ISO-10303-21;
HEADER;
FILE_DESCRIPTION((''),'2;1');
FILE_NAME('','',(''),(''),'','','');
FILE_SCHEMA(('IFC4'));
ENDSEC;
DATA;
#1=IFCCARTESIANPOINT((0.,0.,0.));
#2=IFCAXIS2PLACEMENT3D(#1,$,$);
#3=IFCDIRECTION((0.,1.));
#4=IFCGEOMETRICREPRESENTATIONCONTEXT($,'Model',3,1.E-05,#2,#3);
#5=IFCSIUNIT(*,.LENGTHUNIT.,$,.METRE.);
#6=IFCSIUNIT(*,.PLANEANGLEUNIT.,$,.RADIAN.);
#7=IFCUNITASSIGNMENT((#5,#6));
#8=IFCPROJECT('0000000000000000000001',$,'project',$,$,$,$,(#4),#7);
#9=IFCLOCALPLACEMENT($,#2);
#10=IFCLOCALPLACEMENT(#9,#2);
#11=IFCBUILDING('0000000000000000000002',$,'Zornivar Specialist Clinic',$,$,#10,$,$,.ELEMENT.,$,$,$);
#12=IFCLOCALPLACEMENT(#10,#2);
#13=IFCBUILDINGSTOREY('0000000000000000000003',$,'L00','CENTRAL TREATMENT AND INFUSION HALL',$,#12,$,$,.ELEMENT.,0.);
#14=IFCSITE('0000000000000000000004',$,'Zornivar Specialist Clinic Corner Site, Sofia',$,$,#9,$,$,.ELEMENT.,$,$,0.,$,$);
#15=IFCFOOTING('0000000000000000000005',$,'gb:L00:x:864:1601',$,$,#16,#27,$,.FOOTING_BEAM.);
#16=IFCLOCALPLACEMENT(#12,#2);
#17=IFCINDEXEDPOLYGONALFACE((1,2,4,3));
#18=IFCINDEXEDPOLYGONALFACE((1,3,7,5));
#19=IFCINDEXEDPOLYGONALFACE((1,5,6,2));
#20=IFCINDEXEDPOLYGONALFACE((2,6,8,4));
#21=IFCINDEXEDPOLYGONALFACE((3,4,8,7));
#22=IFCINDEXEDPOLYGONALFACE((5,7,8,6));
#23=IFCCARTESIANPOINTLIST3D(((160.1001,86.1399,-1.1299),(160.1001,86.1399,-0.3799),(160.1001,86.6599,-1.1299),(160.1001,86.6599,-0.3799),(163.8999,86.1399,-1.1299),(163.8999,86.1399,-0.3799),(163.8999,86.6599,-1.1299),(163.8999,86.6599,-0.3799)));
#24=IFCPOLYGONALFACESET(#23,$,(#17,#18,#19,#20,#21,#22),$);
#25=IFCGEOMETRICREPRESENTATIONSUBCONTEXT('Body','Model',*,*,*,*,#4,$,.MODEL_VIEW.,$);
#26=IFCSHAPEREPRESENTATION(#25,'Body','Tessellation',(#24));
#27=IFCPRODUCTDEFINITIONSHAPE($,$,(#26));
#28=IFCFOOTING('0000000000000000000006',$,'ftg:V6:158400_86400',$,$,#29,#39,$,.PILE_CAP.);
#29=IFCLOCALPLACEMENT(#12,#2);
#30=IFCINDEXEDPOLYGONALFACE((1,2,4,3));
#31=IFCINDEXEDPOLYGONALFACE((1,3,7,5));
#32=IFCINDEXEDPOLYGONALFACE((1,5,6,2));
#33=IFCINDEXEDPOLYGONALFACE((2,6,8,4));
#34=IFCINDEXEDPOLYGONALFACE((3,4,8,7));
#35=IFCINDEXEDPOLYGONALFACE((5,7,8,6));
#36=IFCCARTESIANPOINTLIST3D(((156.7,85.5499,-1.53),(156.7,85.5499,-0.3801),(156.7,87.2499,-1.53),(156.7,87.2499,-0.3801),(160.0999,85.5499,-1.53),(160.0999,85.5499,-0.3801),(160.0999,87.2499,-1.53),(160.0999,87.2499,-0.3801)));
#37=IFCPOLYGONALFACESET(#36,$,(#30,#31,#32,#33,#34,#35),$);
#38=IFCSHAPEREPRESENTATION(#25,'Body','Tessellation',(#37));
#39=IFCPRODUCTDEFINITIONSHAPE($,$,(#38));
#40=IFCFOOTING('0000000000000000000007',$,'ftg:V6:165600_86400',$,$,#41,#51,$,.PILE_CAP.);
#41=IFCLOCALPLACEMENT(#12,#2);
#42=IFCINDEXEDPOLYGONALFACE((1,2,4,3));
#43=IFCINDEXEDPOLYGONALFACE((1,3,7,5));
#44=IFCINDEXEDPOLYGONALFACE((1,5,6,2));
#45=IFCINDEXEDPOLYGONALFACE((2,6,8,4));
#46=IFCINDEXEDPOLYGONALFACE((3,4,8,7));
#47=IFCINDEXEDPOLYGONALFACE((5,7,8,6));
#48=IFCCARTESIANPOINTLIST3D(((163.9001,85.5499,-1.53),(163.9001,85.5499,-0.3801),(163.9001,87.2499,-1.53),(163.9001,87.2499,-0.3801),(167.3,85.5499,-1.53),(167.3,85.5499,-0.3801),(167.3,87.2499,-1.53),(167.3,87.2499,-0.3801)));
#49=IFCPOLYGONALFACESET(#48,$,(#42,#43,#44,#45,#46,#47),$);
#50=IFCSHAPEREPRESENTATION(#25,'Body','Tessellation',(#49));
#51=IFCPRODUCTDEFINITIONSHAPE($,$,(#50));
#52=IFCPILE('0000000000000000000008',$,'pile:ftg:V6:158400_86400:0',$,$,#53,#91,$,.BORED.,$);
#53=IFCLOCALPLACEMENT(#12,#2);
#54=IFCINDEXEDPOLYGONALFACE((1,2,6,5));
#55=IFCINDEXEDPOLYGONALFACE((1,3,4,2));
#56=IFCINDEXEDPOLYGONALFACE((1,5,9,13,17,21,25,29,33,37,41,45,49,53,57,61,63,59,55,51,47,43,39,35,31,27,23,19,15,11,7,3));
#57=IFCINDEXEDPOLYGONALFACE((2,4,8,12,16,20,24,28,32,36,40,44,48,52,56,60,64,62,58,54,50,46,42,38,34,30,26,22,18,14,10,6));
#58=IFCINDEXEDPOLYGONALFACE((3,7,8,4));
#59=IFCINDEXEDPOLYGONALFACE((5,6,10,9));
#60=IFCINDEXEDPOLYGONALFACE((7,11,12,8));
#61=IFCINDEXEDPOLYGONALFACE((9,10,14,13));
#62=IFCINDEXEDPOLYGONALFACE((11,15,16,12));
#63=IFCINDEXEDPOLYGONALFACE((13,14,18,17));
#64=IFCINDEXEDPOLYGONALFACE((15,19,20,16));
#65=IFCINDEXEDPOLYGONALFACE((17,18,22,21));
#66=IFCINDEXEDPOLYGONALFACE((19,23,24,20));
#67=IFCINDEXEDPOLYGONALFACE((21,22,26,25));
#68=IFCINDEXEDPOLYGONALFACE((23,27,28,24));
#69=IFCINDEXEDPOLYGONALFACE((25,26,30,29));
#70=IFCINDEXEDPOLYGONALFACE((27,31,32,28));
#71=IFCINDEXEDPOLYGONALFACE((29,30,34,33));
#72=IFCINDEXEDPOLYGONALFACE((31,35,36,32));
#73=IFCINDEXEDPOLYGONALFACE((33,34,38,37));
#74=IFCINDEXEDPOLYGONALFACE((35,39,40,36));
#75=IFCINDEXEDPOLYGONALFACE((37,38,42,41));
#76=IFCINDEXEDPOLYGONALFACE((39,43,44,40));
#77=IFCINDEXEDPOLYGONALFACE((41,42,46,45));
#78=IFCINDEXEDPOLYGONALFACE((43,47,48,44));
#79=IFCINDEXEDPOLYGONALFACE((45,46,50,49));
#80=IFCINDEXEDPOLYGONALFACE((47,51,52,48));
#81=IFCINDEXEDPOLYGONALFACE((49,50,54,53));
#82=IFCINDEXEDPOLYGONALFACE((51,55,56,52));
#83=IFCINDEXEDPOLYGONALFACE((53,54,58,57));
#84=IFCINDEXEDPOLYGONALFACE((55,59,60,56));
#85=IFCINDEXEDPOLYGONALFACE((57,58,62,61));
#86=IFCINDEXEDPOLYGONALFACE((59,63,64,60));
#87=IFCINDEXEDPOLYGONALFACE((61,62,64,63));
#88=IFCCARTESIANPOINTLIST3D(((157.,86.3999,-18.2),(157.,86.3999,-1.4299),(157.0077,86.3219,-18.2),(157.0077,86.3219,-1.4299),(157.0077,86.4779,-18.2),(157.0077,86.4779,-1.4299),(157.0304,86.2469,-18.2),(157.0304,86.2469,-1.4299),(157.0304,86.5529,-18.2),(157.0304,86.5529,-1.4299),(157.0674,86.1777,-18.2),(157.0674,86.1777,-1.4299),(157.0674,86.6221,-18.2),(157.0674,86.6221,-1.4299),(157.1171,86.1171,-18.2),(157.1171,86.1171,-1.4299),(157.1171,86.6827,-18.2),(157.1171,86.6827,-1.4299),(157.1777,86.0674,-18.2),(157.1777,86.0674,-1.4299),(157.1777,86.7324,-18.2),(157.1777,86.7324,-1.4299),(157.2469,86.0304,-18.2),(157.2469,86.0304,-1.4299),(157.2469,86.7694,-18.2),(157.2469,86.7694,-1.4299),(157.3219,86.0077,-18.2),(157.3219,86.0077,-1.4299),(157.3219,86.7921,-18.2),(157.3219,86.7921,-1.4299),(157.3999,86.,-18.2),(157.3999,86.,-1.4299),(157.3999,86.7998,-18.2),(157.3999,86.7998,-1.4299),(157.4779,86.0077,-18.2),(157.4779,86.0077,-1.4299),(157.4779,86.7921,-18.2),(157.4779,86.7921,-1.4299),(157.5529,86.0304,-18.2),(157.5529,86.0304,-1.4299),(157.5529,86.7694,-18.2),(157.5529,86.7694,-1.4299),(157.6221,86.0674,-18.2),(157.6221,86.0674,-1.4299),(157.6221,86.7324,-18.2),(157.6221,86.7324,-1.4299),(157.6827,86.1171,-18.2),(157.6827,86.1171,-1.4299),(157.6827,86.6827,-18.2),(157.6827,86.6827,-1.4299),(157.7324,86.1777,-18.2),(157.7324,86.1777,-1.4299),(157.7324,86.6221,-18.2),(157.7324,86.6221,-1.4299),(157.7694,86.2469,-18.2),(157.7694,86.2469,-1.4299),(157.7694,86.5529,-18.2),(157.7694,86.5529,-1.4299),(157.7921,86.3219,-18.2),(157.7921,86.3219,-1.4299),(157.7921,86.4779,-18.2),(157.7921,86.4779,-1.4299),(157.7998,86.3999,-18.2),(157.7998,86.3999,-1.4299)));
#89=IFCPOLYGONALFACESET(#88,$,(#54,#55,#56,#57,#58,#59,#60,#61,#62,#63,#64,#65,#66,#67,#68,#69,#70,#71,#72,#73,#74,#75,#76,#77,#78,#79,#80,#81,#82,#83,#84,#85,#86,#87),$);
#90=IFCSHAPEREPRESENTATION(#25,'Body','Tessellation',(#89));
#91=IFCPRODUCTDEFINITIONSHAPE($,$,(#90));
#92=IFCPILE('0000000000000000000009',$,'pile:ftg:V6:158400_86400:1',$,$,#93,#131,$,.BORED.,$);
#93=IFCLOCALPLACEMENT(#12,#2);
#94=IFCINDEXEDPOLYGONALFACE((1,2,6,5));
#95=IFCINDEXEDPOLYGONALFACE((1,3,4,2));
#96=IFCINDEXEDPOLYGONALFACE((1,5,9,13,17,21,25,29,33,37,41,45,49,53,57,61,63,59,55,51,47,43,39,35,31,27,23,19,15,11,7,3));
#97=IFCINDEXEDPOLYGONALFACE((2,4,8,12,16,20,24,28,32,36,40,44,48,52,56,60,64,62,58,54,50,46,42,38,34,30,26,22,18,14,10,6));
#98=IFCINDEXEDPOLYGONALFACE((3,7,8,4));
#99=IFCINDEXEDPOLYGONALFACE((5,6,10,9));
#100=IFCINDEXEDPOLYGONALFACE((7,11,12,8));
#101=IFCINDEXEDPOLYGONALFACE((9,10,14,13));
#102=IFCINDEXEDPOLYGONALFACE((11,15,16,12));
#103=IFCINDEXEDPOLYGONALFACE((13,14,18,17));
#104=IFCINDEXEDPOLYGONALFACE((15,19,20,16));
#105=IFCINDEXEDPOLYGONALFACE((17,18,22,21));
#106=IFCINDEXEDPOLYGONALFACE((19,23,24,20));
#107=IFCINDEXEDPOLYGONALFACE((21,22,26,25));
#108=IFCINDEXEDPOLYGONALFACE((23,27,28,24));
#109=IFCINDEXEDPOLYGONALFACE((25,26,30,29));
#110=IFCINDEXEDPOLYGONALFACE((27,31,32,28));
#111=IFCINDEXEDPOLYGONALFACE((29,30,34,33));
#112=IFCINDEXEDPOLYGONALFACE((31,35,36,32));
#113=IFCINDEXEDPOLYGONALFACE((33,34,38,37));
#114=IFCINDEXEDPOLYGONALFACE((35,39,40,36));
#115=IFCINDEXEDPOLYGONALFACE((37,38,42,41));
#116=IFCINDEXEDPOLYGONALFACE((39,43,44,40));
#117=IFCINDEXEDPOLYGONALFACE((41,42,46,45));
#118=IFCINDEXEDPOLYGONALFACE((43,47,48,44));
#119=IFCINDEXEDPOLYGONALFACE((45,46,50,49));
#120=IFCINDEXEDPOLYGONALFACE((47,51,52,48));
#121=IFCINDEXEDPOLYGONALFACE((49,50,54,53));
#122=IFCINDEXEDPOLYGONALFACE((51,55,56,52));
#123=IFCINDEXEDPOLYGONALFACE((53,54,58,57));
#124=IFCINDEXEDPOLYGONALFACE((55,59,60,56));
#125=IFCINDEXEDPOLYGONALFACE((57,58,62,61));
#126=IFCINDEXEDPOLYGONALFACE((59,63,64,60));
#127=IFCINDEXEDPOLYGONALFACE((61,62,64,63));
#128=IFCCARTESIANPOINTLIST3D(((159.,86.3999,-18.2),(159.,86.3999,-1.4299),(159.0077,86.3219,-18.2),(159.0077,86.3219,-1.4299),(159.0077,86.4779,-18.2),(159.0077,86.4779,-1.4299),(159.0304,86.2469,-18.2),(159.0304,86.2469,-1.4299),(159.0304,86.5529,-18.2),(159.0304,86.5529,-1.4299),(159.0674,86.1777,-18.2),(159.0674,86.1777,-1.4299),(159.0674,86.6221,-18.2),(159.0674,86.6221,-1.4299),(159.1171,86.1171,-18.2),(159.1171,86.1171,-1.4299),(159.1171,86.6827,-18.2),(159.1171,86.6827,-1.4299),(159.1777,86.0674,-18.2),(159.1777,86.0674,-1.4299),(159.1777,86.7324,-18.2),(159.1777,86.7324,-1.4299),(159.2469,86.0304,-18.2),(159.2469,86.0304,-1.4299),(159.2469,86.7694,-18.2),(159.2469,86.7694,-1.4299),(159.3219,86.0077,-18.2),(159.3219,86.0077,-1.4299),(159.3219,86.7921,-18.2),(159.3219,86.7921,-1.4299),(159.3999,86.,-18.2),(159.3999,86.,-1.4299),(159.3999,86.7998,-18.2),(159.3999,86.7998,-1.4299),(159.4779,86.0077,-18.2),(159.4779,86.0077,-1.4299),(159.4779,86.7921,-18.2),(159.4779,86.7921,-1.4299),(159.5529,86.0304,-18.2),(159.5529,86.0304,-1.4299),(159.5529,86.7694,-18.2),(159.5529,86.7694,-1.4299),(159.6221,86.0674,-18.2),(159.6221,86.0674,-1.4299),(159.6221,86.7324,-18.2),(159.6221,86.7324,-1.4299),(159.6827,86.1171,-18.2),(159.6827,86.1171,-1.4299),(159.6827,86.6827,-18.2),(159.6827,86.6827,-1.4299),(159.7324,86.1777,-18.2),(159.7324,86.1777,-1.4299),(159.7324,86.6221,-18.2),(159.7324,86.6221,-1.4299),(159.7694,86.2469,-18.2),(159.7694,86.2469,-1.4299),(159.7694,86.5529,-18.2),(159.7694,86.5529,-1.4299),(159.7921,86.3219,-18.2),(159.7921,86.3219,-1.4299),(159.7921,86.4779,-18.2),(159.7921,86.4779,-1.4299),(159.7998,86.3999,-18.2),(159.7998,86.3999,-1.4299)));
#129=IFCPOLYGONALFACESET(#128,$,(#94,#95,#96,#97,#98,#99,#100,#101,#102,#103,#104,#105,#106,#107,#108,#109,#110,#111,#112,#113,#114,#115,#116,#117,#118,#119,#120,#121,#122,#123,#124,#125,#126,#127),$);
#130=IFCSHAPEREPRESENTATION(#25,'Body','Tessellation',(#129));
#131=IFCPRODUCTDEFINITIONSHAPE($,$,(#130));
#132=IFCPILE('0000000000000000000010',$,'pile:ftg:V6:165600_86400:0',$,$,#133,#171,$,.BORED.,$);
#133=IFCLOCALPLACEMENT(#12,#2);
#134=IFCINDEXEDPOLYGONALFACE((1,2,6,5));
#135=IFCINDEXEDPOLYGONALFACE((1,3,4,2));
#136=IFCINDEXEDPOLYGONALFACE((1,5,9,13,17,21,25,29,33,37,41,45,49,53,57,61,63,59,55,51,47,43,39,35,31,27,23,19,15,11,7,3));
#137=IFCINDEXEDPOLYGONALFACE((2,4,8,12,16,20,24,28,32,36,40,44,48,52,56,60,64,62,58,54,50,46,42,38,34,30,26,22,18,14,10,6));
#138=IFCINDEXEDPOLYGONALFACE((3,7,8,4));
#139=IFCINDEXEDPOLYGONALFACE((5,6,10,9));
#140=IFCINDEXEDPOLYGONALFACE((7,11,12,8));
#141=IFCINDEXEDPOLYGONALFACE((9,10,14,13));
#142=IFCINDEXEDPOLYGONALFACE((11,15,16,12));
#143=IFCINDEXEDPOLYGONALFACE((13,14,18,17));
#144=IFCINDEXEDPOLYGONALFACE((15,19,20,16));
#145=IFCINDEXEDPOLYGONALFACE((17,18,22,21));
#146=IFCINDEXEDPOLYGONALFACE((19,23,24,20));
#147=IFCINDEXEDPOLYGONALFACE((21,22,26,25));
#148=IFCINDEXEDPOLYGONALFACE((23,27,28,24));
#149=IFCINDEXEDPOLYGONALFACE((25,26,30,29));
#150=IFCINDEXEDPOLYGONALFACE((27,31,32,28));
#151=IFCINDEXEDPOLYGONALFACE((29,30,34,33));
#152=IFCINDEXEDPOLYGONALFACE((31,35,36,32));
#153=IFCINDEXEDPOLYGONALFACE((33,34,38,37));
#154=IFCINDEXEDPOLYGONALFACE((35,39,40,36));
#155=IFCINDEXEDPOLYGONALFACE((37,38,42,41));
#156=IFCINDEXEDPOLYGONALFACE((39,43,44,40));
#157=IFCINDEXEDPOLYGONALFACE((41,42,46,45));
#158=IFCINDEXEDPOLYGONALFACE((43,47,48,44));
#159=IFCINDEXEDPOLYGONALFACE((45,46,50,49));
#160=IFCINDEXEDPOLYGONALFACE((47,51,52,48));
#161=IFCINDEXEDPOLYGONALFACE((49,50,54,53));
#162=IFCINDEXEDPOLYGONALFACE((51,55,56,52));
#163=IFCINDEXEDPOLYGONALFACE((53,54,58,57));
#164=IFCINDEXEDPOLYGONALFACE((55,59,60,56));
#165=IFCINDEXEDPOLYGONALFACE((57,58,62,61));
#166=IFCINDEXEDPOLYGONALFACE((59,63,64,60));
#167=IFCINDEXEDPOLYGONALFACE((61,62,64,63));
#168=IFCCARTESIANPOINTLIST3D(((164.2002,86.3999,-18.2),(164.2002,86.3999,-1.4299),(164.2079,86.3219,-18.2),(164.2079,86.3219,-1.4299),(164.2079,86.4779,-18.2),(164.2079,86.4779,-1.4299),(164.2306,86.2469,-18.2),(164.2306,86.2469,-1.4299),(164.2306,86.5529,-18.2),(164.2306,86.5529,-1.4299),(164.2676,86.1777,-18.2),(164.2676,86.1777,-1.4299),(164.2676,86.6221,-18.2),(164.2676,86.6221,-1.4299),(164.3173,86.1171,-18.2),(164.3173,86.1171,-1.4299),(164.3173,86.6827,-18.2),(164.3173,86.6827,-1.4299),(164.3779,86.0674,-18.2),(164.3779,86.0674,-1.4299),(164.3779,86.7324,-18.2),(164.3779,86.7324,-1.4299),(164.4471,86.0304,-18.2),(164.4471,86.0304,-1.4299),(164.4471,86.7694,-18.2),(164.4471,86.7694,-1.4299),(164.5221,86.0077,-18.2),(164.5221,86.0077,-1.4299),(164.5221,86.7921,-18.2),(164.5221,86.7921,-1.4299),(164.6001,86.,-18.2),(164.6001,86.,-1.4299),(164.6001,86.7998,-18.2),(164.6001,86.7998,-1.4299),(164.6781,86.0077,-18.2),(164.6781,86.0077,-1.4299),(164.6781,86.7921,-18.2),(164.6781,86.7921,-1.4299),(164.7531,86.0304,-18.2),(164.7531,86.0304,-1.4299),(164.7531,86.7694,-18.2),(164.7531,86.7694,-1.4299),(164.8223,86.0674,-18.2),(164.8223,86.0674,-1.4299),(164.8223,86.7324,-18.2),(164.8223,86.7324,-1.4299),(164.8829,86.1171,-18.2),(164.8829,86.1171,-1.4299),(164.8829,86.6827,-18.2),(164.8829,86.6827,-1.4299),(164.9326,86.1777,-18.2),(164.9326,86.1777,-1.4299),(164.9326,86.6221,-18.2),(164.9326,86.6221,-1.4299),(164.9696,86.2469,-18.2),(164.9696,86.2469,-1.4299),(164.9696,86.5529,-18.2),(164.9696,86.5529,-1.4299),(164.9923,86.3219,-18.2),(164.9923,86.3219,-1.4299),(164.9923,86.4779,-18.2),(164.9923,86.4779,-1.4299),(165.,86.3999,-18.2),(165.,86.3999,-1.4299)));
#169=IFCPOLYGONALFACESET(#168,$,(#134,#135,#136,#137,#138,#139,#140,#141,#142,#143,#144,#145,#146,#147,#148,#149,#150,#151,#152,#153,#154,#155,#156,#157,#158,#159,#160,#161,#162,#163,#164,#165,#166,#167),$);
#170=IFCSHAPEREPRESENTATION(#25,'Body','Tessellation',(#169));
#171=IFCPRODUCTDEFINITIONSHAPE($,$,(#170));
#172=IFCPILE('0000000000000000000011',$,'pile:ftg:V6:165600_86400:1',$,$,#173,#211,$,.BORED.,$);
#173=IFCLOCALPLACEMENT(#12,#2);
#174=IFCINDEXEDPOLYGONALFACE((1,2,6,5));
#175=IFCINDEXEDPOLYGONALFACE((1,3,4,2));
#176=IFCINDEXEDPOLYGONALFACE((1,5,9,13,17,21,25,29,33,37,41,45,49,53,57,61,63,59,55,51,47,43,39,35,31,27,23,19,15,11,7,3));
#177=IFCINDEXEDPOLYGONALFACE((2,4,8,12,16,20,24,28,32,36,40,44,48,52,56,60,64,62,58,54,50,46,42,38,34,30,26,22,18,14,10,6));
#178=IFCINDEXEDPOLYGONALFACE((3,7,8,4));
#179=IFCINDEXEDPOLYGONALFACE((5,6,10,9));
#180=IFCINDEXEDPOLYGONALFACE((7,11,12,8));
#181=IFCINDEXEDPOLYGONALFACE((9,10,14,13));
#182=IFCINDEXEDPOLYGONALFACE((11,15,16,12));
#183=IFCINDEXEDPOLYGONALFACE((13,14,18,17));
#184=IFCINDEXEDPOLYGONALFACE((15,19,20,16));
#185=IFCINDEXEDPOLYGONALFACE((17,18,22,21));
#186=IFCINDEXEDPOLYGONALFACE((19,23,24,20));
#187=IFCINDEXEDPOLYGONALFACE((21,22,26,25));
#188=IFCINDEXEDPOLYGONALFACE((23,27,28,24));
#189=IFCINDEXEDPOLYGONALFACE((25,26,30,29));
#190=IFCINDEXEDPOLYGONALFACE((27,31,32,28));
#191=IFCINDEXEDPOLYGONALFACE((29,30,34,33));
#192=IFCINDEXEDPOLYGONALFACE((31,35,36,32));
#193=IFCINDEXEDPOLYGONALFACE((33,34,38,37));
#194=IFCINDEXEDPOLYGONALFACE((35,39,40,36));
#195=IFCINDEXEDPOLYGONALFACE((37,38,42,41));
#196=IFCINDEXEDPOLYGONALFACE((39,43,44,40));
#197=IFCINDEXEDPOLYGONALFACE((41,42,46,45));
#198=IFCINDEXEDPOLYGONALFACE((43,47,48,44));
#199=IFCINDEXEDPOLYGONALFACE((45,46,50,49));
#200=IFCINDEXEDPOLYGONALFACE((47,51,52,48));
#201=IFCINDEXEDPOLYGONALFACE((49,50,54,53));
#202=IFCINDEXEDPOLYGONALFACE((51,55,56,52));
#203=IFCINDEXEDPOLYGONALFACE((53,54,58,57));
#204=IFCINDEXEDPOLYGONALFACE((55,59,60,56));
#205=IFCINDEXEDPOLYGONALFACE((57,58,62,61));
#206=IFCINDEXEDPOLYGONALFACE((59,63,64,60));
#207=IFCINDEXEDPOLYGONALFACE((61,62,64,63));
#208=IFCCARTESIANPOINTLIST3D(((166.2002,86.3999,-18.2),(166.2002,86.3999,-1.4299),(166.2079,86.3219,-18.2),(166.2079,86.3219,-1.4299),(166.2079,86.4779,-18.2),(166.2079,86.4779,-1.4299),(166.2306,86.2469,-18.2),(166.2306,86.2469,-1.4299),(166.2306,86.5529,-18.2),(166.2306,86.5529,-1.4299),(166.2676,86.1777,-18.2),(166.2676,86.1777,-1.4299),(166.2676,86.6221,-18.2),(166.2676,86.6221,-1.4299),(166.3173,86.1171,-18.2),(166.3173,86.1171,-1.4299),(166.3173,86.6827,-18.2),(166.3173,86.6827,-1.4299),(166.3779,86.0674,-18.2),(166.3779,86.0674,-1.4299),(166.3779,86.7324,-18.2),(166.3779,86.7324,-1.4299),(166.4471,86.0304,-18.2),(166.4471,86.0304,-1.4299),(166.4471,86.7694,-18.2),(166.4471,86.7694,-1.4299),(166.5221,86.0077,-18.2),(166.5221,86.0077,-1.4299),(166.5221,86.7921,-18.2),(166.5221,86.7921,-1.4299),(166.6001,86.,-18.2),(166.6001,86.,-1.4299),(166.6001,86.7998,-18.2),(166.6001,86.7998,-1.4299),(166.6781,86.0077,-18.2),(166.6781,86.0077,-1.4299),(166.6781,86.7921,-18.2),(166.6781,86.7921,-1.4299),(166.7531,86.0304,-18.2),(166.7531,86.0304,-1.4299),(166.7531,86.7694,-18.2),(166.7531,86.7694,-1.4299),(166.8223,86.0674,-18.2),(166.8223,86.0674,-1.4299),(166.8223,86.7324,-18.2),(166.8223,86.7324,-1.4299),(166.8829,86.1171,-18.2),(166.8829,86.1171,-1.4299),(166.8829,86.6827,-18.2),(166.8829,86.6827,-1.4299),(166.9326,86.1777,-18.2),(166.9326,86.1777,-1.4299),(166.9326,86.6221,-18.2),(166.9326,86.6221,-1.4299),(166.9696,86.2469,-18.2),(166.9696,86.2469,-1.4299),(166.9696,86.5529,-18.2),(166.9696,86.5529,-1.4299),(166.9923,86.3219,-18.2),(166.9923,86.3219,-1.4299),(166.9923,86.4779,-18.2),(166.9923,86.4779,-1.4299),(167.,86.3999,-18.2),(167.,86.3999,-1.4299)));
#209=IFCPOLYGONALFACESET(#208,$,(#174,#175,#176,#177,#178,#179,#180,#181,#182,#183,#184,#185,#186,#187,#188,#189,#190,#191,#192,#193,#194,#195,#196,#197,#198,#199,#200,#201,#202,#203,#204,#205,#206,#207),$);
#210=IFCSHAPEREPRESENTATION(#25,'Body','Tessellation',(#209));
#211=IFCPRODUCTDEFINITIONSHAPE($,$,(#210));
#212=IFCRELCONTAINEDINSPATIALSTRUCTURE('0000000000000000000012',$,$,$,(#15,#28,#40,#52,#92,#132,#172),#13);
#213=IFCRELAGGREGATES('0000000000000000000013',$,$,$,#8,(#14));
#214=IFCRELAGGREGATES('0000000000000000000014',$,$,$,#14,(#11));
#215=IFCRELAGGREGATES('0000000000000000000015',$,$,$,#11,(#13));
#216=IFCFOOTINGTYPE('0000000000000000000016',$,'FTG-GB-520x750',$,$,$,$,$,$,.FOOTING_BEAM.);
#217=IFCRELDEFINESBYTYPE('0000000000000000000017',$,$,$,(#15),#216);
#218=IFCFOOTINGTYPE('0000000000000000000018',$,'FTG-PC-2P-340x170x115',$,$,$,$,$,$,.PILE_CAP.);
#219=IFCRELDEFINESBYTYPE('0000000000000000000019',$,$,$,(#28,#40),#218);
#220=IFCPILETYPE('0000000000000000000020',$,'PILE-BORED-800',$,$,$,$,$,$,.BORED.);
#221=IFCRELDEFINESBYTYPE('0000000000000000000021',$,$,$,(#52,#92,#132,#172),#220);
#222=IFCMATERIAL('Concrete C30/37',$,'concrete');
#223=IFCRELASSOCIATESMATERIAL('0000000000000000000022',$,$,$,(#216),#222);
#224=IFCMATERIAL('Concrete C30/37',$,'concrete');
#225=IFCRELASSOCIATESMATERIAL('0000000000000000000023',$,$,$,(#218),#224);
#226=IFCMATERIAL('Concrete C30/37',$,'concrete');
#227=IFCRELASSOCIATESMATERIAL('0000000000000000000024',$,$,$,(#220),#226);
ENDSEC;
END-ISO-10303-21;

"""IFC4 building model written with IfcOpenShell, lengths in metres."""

from ifc_helpers import new_model, si_unit, direction, frame, origin, origin_2d, place, context, subcontext, project, spatial, rectangle, circle, extrude, material, material_profile, profile_set, type_object, element, save


model = new_model("IFC4")

# Units and contexts
model_context = context("Model", 3, precision=1e-05, world=origin(), true_north=direction((0.0, 1.0)))
body_context = subcontext(model_context, "Body", "Model", "MODEL_VIEW")
ifc_project = project(units=[si_unit("LENGTHUNIT", "METRE"), si_unit("PLANEANGLEUNIT", "RADIAN")], contexts=[model_context])

# Site, building, storey
site_placement = place(None, origin())
site = spatial("IfcSite", under=ifc_project, at=site_placement, Name="Zornivar Specialist Clinic Corner Site, Sofia", CompositionType="ELEMENT", RefElevation=0.0)
building_placement = place(site_placement, origin())
building = spatial("IfcBuilding", under=site, at=building_placement, Name="Zornivar Specialist Clinic", CompositionType="ELEMENT")
storey_placement = place(building_placement, origin())
storey = spatial("IfcBuildingStorey", under=building, at=storey_placement, Name="L00", Description="CENTRAL TREATMENT AND INFUSION HALL", CompositionType="ELEMENT", Elevation=0.0)

# Footings
ifc_material_1 = material(Name="Concrete C30/37", Category="concrete")
ifc_material_profile_1 = material_profile(ifc_material_1, rectangle(XDim=0.52, YDim=0.75, at=origin_2d()), Name="RC 520x750")
ifc_profile_set_1 = profile_set([ifc_material_profile_1], Name="Concrete C30/37")
footing_type_1 = type_object("IfcFootingType", Name="FTG-GB-520x750", PredefinedType="FOOTING_BEAM", material=ifc_profile_set_1)
footing_placement = place(storey_placement, frame((160.1001, 86.3999, -0.7549), z_axis=(1.0, 0.0, 0.0), x_axis=(0.0, 1.0, 0.0)))
element("IfcFooting", 1, at=footing_placement, inside=storey, type_object=footing_type_1, Name="gb:L00:x:864:1601", PredefinedType="FOOTING_BEAM", context=body_context, shape_type="SweptSolid", body=[
    extrude(rectangle(XDim=0.52, YDim=0.75, at=origin_2d()), origin(), (0.0, 0.0, 1.0), 3.7998),
])
ifc_material_2 = material(Name="Concrete C30/37", Category="concrete")
footing_type_2 = type_object("IfcFootingType", Name="FTG-PC-2P-340x170x115", PredefinedType="PILE_CAP", material=ifc_material_2)
for number, where, z_axis, x_axis, name in (
    (2, (158.3999, 86.3999, -1.53), (0.0, 0.0, 1.0), (1.0, 0.0, 0.0), "ftg:V6:158400_86400"),
    (3, (165.6001, 86.3999, -1.53), (0.0, 0.0, 1.0), (1.0, 0.0, 0.0), "ftg:V6:165600_86400"),
):
    element("IfcFooting", number, at=place(storey_placement, frame(where, z_axis=z_axis, x_axis=x_axis)), inside=storey, type_object=footing_type_2, Name=name, PredefinedType="PILE_CAP", context=body_context, shape_type="SweptSolid", body=[
        extrude(rectangle(XDim=3.3999, YDim=1.7, at=origin_2d()), origin(), (0.0, 0.0, 1.0), 1.1499),
    ])

# Piles
ifc_material_3 = material(Name="Concrete C30/37", Category="concrete")
ifc_material_profile_2 = material_profile(ifc_material_3, circle(Radius=0.3999, at=origin_2d()), Name="PILE D800")
ifc_profile_set_2 = profile_set([ifc_material_profile_2], Name="Concrete C30/37")
pile_type = type_object("IfcPileType", Name="PILE-BORED-800", PredefinedType="BORED", material=ifc_profile_set_2)
for number, where, z_axis, x_axis, name in (
    (4, (157.3999, 86.3999, -1.4299), (0.0, 0.0, -1.0), (1.0, 0.0, 0.0), "pile:ftg:V6:158400_86400:0"),
    (5, (159.3999, 86.3999, -1.4299), (0.0, 0.0, -1.0), (1.0, 0.0, 0.0), "pile:ftg:V6:158400_86400:1"),
    (6, (164.6001, 86.3999, -1.4299), (0.0, 0.0, -1.0), (1.0, 0.0, 0.0), "pile:ftg:V6:165600_86400:0"),
    (7, (166.6001, 86.3999, -1.4299), (0.0, 0.0, -1.0), (1.0, 0.0, 0.0), "pile:ftg:V6:165600_86400:1"),
):
    element("IfcPile", number, at=place(storey_placement, frame(where, z_axis=z_axis, x_axis=x_axis)), inside=storey, type_object=pile_type, Name=name, PredefinedType="BORED", context=body_context, shape_type="SweptSolid", body=[
        extrude(circle(Radius=0.3999, at=origin_2d()), origin(), (0.0, 0.0, 1.0), 16.77),
    ])

save(model, "model.ifc")
